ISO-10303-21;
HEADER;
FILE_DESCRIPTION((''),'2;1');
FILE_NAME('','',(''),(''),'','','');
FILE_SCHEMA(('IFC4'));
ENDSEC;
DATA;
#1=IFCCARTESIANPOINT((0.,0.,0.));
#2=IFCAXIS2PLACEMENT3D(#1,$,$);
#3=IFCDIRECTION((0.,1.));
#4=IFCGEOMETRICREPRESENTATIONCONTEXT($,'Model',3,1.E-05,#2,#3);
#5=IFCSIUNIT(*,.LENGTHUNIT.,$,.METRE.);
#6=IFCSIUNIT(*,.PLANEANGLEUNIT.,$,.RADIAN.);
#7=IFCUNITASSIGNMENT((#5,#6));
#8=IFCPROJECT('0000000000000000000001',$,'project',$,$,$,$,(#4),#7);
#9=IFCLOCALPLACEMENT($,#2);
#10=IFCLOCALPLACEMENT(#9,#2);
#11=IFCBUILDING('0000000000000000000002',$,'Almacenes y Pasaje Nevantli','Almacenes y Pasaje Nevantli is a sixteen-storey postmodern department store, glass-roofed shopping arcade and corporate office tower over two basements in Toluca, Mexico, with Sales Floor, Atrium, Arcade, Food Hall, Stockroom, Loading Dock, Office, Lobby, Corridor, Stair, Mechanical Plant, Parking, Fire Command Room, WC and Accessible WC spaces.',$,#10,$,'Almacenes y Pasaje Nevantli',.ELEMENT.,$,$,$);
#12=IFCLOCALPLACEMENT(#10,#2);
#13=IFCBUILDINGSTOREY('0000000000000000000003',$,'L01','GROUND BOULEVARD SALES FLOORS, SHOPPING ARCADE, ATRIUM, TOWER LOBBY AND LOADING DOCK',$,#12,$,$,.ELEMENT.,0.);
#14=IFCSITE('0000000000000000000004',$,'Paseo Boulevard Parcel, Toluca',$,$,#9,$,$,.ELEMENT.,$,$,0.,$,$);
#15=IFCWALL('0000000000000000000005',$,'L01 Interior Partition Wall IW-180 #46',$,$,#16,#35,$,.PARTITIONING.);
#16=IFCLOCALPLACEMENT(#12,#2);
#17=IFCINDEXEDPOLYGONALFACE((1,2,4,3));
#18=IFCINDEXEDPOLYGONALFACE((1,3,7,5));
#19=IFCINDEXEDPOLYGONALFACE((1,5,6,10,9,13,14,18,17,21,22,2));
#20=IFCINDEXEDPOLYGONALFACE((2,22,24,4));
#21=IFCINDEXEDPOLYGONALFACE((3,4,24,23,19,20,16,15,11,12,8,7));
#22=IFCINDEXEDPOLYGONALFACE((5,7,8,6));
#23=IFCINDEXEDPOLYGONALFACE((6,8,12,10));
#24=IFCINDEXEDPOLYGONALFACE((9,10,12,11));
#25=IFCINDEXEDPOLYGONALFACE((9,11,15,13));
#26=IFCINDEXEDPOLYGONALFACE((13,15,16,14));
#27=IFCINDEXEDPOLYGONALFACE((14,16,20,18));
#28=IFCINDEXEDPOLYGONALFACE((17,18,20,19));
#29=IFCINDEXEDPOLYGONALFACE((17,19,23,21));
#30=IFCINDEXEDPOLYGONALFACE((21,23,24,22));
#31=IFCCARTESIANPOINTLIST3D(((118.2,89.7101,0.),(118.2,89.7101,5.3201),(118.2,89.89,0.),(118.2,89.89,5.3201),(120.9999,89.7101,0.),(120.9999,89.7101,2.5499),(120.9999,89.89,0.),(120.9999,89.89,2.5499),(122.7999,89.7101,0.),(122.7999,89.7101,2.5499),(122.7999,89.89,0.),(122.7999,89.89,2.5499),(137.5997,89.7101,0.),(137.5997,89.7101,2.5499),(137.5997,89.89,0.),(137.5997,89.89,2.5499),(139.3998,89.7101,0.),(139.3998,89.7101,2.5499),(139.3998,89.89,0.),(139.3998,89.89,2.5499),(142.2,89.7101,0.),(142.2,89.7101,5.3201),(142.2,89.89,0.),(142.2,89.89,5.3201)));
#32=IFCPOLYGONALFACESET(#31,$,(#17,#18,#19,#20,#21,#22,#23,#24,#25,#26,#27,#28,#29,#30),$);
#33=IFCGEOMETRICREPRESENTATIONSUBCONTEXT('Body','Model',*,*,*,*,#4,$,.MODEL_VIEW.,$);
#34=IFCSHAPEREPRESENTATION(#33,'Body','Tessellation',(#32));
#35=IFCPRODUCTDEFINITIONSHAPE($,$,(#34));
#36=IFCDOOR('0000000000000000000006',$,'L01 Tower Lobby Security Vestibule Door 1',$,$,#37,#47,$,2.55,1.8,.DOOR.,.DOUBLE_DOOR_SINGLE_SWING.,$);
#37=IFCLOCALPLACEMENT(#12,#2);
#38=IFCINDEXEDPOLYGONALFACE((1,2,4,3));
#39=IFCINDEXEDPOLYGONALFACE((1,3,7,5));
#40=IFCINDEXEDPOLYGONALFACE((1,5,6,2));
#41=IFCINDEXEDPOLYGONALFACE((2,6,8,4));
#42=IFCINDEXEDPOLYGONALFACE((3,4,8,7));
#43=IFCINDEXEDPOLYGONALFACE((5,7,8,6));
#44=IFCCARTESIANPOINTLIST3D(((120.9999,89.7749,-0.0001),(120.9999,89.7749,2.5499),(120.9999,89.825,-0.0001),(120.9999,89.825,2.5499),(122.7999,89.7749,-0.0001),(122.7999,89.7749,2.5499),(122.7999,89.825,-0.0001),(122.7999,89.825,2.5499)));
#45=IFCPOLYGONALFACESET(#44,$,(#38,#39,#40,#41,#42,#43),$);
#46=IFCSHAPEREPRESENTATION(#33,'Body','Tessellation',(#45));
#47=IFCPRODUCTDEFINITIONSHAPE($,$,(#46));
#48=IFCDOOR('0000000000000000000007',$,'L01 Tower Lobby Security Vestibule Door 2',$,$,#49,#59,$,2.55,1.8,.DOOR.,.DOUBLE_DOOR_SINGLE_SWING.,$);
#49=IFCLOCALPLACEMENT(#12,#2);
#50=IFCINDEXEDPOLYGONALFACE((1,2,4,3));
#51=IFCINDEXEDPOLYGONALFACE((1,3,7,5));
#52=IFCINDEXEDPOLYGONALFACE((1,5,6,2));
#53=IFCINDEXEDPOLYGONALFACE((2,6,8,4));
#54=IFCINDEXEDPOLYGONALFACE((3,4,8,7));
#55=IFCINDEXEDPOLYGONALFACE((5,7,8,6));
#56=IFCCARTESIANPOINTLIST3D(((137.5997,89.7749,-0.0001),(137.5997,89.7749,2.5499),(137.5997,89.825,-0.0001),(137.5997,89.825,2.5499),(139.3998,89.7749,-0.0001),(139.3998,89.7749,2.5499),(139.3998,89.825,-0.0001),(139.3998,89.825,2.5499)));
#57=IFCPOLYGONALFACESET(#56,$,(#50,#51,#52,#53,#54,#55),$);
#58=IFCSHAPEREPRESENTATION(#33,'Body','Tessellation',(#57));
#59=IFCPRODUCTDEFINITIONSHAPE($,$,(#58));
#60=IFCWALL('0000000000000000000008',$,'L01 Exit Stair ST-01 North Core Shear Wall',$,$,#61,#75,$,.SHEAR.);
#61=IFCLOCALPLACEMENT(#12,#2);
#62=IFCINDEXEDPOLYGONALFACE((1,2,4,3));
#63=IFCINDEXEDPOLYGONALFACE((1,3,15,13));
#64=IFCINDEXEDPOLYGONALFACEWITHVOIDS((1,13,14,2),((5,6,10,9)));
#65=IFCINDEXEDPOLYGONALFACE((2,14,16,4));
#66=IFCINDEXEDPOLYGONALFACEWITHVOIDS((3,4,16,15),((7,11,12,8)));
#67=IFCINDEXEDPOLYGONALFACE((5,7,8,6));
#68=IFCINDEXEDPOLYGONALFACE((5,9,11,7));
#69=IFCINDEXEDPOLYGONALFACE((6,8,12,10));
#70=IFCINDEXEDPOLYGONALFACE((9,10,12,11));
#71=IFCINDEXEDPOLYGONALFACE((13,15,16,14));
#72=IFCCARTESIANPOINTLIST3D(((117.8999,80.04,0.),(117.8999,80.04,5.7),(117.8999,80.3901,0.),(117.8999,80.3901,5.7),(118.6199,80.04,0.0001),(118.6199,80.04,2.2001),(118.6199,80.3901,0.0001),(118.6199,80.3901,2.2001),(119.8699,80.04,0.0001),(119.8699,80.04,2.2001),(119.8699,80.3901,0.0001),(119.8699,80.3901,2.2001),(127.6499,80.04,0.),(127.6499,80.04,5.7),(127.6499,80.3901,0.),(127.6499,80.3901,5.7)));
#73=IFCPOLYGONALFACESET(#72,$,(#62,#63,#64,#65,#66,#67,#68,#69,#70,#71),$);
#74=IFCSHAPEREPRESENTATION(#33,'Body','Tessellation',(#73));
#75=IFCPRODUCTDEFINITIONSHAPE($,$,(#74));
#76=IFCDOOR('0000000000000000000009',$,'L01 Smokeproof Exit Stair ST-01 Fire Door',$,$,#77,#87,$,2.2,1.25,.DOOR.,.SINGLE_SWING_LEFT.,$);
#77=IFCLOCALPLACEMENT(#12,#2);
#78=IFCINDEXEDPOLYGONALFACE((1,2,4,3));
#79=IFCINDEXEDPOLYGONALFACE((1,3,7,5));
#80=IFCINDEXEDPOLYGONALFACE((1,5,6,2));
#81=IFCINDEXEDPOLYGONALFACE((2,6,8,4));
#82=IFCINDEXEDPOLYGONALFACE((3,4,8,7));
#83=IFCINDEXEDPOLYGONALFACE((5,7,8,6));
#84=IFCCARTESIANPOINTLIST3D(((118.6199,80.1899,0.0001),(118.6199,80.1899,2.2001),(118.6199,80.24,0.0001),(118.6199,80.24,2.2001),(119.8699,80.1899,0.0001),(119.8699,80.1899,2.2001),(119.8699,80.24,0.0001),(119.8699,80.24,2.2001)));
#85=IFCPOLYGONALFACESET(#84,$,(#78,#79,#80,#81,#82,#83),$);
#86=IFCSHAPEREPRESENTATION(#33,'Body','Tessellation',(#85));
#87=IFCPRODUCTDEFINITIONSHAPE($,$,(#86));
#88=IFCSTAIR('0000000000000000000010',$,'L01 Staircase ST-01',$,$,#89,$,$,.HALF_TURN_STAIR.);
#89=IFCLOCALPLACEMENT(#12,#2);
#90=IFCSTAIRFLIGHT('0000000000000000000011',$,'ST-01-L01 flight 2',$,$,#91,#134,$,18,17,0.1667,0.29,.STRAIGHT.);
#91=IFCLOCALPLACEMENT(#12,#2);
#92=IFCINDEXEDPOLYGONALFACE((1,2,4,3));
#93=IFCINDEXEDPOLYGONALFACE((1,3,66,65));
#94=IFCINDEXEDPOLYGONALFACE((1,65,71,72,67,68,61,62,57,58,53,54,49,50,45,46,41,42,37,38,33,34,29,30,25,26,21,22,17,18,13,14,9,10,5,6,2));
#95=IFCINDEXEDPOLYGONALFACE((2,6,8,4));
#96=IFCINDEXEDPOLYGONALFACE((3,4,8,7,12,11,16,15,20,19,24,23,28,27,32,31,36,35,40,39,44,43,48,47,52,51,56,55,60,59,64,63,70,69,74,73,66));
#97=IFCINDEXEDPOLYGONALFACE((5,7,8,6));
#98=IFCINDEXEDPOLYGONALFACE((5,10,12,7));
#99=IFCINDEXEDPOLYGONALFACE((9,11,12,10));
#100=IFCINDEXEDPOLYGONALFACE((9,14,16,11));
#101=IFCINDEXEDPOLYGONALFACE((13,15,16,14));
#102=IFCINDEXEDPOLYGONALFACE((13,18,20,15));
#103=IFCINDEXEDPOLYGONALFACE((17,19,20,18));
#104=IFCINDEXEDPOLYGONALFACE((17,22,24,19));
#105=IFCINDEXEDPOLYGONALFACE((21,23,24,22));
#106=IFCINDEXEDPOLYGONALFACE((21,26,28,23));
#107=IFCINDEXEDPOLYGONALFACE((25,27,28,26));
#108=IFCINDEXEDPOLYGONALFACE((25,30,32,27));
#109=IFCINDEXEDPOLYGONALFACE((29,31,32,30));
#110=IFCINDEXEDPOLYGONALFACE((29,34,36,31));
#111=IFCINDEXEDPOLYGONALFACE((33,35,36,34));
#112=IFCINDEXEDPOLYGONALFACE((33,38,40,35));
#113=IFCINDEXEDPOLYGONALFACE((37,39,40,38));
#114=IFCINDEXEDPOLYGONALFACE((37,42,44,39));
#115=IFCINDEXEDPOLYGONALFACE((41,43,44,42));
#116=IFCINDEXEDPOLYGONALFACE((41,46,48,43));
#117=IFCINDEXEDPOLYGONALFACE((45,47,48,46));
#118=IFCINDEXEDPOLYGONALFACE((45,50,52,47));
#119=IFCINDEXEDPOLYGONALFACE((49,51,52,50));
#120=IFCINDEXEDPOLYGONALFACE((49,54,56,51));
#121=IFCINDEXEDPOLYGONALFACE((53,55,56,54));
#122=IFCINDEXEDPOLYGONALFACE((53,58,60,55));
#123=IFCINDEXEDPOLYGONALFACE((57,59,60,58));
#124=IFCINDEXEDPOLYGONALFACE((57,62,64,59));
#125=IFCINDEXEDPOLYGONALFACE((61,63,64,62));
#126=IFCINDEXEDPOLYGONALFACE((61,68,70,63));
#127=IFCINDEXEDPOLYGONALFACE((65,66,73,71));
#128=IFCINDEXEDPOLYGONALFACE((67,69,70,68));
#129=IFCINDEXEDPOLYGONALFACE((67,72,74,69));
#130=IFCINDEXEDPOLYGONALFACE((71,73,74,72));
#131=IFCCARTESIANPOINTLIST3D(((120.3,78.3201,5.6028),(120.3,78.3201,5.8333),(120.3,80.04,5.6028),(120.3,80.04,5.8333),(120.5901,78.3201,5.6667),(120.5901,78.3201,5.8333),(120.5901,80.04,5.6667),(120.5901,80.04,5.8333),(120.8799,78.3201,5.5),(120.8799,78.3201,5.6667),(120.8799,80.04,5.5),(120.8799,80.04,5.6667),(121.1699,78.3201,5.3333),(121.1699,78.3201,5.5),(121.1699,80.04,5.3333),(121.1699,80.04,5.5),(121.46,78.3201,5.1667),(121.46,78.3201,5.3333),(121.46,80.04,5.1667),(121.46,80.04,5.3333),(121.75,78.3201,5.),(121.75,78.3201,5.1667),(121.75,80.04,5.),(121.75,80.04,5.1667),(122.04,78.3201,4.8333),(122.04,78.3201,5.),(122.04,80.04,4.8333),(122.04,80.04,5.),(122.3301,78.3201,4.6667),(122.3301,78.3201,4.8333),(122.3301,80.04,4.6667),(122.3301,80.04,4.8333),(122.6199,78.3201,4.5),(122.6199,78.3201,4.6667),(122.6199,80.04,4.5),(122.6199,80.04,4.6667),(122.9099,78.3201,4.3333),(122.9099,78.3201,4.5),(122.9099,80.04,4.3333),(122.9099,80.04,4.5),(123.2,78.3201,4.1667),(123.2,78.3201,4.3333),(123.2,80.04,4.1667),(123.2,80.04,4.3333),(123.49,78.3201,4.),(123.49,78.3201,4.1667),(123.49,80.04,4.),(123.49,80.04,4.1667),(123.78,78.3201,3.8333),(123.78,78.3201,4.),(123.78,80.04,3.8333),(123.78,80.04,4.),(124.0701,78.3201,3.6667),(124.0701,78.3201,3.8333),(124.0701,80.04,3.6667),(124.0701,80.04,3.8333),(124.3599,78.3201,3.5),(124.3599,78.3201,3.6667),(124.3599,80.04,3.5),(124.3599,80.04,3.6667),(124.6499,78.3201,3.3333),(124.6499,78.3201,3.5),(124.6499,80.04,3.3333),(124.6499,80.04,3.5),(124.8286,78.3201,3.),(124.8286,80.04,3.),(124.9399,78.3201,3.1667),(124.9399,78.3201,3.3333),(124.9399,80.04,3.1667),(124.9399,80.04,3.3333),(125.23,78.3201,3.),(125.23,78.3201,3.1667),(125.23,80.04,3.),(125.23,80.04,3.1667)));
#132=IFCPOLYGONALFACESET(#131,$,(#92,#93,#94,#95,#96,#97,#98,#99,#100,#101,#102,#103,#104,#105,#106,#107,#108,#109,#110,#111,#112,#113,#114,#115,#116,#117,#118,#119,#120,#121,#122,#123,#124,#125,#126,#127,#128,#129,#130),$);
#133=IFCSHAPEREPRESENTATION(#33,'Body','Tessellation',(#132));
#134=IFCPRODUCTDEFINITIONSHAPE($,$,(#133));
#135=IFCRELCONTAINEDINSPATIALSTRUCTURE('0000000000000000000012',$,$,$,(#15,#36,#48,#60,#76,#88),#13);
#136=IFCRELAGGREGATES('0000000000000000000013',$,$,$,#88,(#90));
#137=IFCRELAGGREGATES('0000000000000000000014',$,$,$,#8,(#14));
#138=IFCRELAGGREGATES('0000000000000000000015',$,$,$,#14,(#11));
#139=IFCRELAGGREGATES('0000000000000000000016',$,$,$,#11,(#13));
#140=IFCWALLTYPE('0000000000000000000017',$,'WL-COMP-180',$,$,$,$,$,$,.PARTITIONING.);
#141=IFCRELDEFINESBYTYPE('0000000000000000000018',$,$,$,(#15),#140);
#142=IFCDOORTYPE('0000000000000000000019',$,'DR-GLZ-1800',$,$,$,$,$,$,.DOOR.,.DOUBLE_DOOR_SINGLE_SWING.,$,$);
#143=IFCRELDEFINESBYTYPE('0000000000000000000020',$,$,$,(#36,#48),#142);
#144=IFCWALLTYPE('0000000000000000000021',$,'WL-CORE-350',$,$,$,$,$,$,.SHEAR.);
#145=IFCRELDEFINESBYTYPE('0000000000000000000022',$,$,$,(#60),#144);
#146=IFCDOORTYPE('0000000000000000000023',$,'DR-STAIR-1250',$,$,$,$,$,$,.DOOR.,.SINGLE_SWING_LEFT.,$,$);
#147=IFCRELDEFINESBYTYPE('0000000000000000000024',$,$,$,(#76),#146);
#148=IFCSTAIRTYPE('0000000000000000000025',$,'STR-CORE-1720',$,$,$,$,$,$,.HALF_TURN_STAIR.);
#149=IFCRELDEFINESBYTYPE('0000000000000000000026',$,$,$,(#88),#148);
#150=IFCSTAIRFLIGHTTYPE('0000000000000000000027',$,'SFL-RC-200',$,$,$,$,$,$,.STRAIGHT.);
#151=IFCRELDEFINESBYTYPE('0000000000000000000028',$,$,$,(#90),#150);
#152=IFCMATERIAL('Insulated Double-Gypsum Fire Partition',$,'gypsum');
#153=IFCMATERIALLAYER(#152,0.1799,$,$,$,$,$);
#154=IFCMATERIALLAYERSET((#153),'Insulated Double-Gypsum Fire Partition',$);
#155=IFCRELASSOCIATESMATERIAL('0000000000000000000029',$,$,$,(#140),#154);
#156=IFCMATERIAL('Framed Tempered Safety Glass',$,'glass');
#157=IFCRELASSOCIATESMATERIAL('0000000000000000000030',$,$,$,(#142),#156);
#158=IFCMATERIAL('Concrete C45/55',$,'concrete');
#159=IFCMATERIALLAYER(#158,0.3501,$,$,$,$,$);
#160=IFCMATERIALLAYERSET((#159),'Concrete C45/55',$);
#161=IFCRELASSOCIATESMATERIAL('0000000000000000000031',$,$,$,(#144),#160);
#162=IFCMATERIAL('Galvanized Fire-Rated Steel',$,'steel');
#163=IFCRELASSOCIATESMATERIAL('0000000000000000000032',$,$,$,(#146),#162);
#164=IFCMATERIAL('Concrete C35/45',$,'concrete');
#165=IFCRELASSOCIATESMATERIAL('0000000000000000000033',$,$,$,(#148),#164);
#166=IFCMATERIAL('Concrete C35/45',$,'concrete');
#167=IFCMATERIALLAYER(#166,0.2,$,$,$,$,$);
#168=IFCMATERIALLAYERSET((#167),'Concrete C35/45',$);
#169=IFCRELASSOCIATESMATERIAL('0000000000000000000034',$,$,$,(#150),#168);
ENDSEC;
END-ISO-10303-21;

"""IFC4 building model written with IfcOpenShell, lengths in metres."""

from ifc_helpers import new_model, si_unit, direction, frame, frame_2d, origin, place, context, subcontext, project, spatial, polyline, rectangle, outline, extrude, material, layer, layer_set, type_object, element, fill, aggregate, save


model = new_model("IFC4")

# Units and contexts
model_context = context("Model", 3, precision=1e-05, world=origin(), true_north=direction((0.0, 1.0)))
body_context = subcontext(model_context, "Body", "Model", "MODEL_VIEW")
ifc_project = project(units=[si_unit("LENGTHUNIT", "METRE"), si_unit("PLANEANGLEUNIT", "RADIAN")], contexts=[model_context])

# Site, building, storey
site_placement = place(None, origin())
site = spatial("IfcSite", under=ifc_project, at=site_placement, Name="Paseo Boulevard Parcel, Toluca", CompositionType="ELEMENT", RefElevation=0.0)
building_placement = place(site_placement, origin())
building = spatial("IfcBuilding", under=site, at=building_placement, Name="Almacenes y Pasaje Nevantli", Description="Almacenes y Pasaje Nevantli is a sixteen-storey postmodern department store, glass-roofed shopping arcade and corporate office tower over two basements in Toluca, Mexico, with Sales Floor, Atrium, Arcade, Food Hall, Stockroom, Loading Dock, Office, Lobby, Corridor, Stair, Mechanical Plant, Parking, Fire Command Room, WC and Accessible WC spaces.", LongName="Almacenes y Pasaje Nevantli", CompositionType="ELEMENT")
storey_placement = place(building_placement, origin())
storey = spatial("IfcBuildingStorey", under=building, at=storey_placement, Name="L01", Description="GROUND BOULEVARD SALES FLOORS, SHOPPING ARCADE, ATRIUM, TOWER LOBBY AND LOADING DOCK", CompositionType="ELEMENT", Elevation=0.0)

# Wall, openings, doors
ifc_material_1 = material(Name="Insulated Double-Gypsum Fire Partition", Category="gypsum")
ifc_layer_1 = layer(ifc_material_1, 0.1799)
ifc_layer_set_1 = layer_set([ifc_layer_1], Name="Insulated Double-Gypsum Fire Partition")
wall_type_1 = type_object("IfcWallType", Name="WL-COMP-180", PredefinedType="PARTITIONING", material=ifc_layer_set_1)
wall_1_placement = place(storey_placement, frame((118.2, 89.8, 0.0), z_axis=(0.0, 0.0, 1.0), x_axis=(1.0, 0.0, 0.0)))
wall_1 = element("IfcWall", 1, at=wall_1_placement, inside=storey, type_object=wall_type_1, Name="L01 Interior Partition Wall IW-180 #46", PredefinedType="PARTITIONING", context=body_context, shape_type="SweptSolid", body=[
    extrude(rectangle(XDim=24.0, YDim=0.1799, at=frame_2d((12.0, 0.0))), origin(), (0.0, 0.0, 1.0), 5.3201),
])
opening_1_placement = place(wall_1_placement, frame((2.8, 0.0, 0.0)))
opening_1 = element("IfcOpeningElement", 2, at=opening_1_placement, cuts=wall_1, PredefinedType="OPENING", context=body_context, shape_type="SweptSolid", body=[
    extrude(rectangle(XDim=1.8, YDim=2.55, at=frame_2d((0.8999, 1.2749))), frame((0.0, 0.0999, 0.0), z_axis=(0.0, -1.0, 0.0), x_axis=(1.0, 0.0, 0.0)), (0.0, 0.0, 1.0), 0.2),
])
opening_2_placement = place(wall_1_placement, frame((19.3999, 0.0, 0.0)))
opening_2 = element("IfcOpeningElement", 3, at=opening_2_placement, cuts=wall_1, PredefinedType="OPENING", context=body_context, shape_type="SweptSolid", body=[
    extrude(rectangle(XDim=1.8, YDim=2.55, at=frame_2d((0.8999, 1.2749))), frame((0.0, 0.0999, 0.0), z_axis=(0.0, -1.0, 0.0), x_axis=(1.0, 0.0, 0.0)), (0.0, 0.0, 1.0), 0.2),
])
ifc_material_2 = material(Name="Framed Tempered Safety Glass", Category="glass")
door_type_1 = type_object("IfcDoorType", Name="DR-GLZ-1800", OperationType="DOUBLE_DOOR_SINGLE_SWING", PredefinedType="DOOR", material=ifc_material_2)
door_1_placement = place(opening_1_placement, origin())
door_1 = element("IfcDoor", 4, at=door_1_placement, inside=storey, type_object=door_type_1, Name="L01 Tower Lobby Security Vestibule Door 1", OperationType="DOUBLE_DOOR_SINGLE_SWING", OverallHeight=2.55, OverallWidth=1.8, PredefinedType="DOOR", context=body_context, shape_type="SweptSolid", body=[
    extrude(rectangle(XDim=1.8, YDim=2.55, at=frame_2d((0.8999, 1.2749))), frame((0.0, 0.0249, 0.0), z_axis=(0.0, -1.0, 0.0), x_axis=(1.0, 0.0, 0.0)), (0.0, 0.0, 1.0), 0.05),
])
fill(opening_1, door_1)
door_2_placement = place(opening_2_placement, origin())
door_2 = element("IfcDoor", 5, at=door_2_placement, inside=storey, type_object=door_type_1, Name="L01 Tower Lobby Security Vestibule Door 2", OperationType="DOUBLE_DOOR_SINGLE_SWING", OverallHeight=2.55, OverallWidth=1.8, PredefinedType="DOOR", context=body_context, shape_type="SweptSolid", body=[
    extrude(rectangle(XDim=1.8, YDim=2.55, at=frame_2d((0.8999, 1.2749))), frame((0.0, 0.0249, 0.0), z_axis=(0.0, -1.0, 0.0), x_axis=(1.0, 0.0, 0.0)), (0.0, 0.0, 1.0), 0.05),
])
fill(opening_2, door_2)

# Wall, opening, door
ifc_material_3 = material(Name="Concrete C45/55", Category="concrete")
ifc_layer_2 = layer(ifc_material_3, 0.3501)
ifc_layer_set_2 = layer_set([ifc_layer_2], Name="Concrete C45/55")
wall_type_2 = type_object("IfcWallType", Name="WL-CORE-350", PredefinedType="SHEAR", material=ifc_layer_set_2)
wall_2_placement = place(storey_placement, frame((117.8999, 80.2151, 0.0), z_axis=(0.0, 0.0, 1.0), x_axis=(1.0, 0.0, 0.0)))
wall_2 = element("IfcWall", 6, at=wall_2_placement, inside=storey, type_object=wall_type_2, Name="L01 Exit Stair ST-01 North Core Shear Wall", PredefinedType="SHEAR", context=body_context, shape_type="SweptSolid", body=[
    extrude(rectangle(XDim=9.75, YDim=0.3501, at=frame_2d((4.875, 0.0))), origin(), (0.0, 0.0, 1.0), 5.7),
])
opening_3_placement = place(wall_2_placement, frame((0.72, 0.0, 0.0)))
opening_3 = element("IfcOpeningElement", 7, at=opening_3_placement, cuts=wall_2, PredefinedType="OPENING", context=body_context, shape_type="SweptSolid", body=[
    extrude(rectangle(XDim=1.25, YDim=2.2, at=frame_2d((0.625, 1.1001))), frame((0.0, 0.1851, 0.0), z_axis=(0.0, -1.0, 0.0), x_axis=(1.0, 0.0, 0.0)), (0.0, 0.0, 1.0), 0.3701),
])
ifc_material_4 = material(Name="Galvanized Fire-Rated Steel", Category="steel")
door_type_2 = type_object("IfcDoorType", Name="DR-STAIR-1250", OperationType="SINGLE_SWING_LEFT", PredefinedType="DOOR", material=ifc_material_4)
door_3_placement = place(opening_3_placement, origin())
door_3 = element("IfcDoor", 8, at=door_3_placement, inside=storey, type_object=door_type_2, Name="L01 Smokeproof Exit Stair ST-01 Fire Door", OperationType="SINGLE_SWING_LEFT", OverallHeight=2.2, OverallWidth=1.25, PredefinedType="DOOR", context=body_context, shape_type="SweptSolid", body=[
    extrude(rectangle(XDim=1.25, YDim=2.2, at=frame_2d((0.625, 1.1001))), frame((0.0, 0.0249, 0.0), z_axis=(0.0, -1.0, 0.0), x_axis=(1.0, 0.0, 0.0)), (0.0, 0.0, 1.0), 0.05),
])
fill(opening_3, door_3)

# Stair, stair flight
ifc_material_5 = material(Name="Concrete C35/45", Category="concrete")
stair_type = type_object("IfcStairType", Name="STR-CORE-1720", PredefinedType="HALF_TURN_STAIR", material=ifc_material_5)
stair_placement = place(storey_placement, origin())
stair = element("IfcStair", 9, at=stair_placement, inside=storey, type_object=stair_type, Name="L01 Staircase ST-01", PredefinedType="HALF_TURN_STAIR")
ifc_material_6 = material(Name="Concrete C35/45", Category="concrete")
ifc_layer_3 = layer(ifc_material_6, 0.2)
ifc_layer_set_3 = layer_set([ifc_layer_3], Name="Concrete C35/45")
stair_flight_type = type_object("IfcStairFlightType", Name="SFL-RC-200", PredefinedType="STRAIGHT", material=ifc_layer_set_3)
stair_flight_placement = place(storey_placement, frame((125.23, 79.1799, 3.0), z_axis=(0.0, 0.0, 1.0), x_axis=(-1.0, 0.0, 0.0)))
stair_flight = element("IfcStairFlight", 10, at=stair_flight_placement, type_object=stair_flight_type, Name="ST-01-L01 flight 2", NumberOfRisers=18, NumberOfTreads=17, PredefinedType="STRAIGHT", RiserHeight=0.1667, TreadLength=0.29, context=body_context, shape_type="SweptSolid", body=[
    extrude(outline(polyline([(0.0, 0.0), (0.0, 0.1667), (0.29, 0.1667), (0.29, 0.3333), (0.5801, 0.3333), (0.5801, 0.5), (0.8701, 0.5), (0.8701, 0.6667), (1.1599, 0.6667), (1.1599, 0.8333), (1.45, 0.8333), (1.45, 1.0), (1.74, 1.0), (1.74, 1.1667), (2.03, 1.1667), (2.03, 1.3333), (2.3201, 1.3333), (2.3201, 1.5), (2.6101, 1.5), (2.6101, 1.6667), (2.8999, 1.6667), (2.8999, 1.8333), (3.1899, 1.8333), (3.1899, 2.0), (3.48, 2.0), (3.48, 2.1667), (3.77, 2.1667), (3.77, 2.3333), (4.0601, 2.3333), (4.0601, 2.5), (4.3501, 2.5), (4.3501, 2.6667), (4.6399, 2.6667), (4.6399, 2.8333), (4.9299, 2.8333), (4.9299, 3.0), (4.9299, 2.6028), (0.4014, 0.0), (0.0, 0.0)])), frame((0.0, 0.8599, 0.0), z_axis=(0.0, -1.0, 0.0), x_axis=(1.0, 0.0, 0.0)), (0.0, 0.0, 1.0), 1.72),
])
aggregate(stair, [stair_flight])

save(model, "model.ifc")
